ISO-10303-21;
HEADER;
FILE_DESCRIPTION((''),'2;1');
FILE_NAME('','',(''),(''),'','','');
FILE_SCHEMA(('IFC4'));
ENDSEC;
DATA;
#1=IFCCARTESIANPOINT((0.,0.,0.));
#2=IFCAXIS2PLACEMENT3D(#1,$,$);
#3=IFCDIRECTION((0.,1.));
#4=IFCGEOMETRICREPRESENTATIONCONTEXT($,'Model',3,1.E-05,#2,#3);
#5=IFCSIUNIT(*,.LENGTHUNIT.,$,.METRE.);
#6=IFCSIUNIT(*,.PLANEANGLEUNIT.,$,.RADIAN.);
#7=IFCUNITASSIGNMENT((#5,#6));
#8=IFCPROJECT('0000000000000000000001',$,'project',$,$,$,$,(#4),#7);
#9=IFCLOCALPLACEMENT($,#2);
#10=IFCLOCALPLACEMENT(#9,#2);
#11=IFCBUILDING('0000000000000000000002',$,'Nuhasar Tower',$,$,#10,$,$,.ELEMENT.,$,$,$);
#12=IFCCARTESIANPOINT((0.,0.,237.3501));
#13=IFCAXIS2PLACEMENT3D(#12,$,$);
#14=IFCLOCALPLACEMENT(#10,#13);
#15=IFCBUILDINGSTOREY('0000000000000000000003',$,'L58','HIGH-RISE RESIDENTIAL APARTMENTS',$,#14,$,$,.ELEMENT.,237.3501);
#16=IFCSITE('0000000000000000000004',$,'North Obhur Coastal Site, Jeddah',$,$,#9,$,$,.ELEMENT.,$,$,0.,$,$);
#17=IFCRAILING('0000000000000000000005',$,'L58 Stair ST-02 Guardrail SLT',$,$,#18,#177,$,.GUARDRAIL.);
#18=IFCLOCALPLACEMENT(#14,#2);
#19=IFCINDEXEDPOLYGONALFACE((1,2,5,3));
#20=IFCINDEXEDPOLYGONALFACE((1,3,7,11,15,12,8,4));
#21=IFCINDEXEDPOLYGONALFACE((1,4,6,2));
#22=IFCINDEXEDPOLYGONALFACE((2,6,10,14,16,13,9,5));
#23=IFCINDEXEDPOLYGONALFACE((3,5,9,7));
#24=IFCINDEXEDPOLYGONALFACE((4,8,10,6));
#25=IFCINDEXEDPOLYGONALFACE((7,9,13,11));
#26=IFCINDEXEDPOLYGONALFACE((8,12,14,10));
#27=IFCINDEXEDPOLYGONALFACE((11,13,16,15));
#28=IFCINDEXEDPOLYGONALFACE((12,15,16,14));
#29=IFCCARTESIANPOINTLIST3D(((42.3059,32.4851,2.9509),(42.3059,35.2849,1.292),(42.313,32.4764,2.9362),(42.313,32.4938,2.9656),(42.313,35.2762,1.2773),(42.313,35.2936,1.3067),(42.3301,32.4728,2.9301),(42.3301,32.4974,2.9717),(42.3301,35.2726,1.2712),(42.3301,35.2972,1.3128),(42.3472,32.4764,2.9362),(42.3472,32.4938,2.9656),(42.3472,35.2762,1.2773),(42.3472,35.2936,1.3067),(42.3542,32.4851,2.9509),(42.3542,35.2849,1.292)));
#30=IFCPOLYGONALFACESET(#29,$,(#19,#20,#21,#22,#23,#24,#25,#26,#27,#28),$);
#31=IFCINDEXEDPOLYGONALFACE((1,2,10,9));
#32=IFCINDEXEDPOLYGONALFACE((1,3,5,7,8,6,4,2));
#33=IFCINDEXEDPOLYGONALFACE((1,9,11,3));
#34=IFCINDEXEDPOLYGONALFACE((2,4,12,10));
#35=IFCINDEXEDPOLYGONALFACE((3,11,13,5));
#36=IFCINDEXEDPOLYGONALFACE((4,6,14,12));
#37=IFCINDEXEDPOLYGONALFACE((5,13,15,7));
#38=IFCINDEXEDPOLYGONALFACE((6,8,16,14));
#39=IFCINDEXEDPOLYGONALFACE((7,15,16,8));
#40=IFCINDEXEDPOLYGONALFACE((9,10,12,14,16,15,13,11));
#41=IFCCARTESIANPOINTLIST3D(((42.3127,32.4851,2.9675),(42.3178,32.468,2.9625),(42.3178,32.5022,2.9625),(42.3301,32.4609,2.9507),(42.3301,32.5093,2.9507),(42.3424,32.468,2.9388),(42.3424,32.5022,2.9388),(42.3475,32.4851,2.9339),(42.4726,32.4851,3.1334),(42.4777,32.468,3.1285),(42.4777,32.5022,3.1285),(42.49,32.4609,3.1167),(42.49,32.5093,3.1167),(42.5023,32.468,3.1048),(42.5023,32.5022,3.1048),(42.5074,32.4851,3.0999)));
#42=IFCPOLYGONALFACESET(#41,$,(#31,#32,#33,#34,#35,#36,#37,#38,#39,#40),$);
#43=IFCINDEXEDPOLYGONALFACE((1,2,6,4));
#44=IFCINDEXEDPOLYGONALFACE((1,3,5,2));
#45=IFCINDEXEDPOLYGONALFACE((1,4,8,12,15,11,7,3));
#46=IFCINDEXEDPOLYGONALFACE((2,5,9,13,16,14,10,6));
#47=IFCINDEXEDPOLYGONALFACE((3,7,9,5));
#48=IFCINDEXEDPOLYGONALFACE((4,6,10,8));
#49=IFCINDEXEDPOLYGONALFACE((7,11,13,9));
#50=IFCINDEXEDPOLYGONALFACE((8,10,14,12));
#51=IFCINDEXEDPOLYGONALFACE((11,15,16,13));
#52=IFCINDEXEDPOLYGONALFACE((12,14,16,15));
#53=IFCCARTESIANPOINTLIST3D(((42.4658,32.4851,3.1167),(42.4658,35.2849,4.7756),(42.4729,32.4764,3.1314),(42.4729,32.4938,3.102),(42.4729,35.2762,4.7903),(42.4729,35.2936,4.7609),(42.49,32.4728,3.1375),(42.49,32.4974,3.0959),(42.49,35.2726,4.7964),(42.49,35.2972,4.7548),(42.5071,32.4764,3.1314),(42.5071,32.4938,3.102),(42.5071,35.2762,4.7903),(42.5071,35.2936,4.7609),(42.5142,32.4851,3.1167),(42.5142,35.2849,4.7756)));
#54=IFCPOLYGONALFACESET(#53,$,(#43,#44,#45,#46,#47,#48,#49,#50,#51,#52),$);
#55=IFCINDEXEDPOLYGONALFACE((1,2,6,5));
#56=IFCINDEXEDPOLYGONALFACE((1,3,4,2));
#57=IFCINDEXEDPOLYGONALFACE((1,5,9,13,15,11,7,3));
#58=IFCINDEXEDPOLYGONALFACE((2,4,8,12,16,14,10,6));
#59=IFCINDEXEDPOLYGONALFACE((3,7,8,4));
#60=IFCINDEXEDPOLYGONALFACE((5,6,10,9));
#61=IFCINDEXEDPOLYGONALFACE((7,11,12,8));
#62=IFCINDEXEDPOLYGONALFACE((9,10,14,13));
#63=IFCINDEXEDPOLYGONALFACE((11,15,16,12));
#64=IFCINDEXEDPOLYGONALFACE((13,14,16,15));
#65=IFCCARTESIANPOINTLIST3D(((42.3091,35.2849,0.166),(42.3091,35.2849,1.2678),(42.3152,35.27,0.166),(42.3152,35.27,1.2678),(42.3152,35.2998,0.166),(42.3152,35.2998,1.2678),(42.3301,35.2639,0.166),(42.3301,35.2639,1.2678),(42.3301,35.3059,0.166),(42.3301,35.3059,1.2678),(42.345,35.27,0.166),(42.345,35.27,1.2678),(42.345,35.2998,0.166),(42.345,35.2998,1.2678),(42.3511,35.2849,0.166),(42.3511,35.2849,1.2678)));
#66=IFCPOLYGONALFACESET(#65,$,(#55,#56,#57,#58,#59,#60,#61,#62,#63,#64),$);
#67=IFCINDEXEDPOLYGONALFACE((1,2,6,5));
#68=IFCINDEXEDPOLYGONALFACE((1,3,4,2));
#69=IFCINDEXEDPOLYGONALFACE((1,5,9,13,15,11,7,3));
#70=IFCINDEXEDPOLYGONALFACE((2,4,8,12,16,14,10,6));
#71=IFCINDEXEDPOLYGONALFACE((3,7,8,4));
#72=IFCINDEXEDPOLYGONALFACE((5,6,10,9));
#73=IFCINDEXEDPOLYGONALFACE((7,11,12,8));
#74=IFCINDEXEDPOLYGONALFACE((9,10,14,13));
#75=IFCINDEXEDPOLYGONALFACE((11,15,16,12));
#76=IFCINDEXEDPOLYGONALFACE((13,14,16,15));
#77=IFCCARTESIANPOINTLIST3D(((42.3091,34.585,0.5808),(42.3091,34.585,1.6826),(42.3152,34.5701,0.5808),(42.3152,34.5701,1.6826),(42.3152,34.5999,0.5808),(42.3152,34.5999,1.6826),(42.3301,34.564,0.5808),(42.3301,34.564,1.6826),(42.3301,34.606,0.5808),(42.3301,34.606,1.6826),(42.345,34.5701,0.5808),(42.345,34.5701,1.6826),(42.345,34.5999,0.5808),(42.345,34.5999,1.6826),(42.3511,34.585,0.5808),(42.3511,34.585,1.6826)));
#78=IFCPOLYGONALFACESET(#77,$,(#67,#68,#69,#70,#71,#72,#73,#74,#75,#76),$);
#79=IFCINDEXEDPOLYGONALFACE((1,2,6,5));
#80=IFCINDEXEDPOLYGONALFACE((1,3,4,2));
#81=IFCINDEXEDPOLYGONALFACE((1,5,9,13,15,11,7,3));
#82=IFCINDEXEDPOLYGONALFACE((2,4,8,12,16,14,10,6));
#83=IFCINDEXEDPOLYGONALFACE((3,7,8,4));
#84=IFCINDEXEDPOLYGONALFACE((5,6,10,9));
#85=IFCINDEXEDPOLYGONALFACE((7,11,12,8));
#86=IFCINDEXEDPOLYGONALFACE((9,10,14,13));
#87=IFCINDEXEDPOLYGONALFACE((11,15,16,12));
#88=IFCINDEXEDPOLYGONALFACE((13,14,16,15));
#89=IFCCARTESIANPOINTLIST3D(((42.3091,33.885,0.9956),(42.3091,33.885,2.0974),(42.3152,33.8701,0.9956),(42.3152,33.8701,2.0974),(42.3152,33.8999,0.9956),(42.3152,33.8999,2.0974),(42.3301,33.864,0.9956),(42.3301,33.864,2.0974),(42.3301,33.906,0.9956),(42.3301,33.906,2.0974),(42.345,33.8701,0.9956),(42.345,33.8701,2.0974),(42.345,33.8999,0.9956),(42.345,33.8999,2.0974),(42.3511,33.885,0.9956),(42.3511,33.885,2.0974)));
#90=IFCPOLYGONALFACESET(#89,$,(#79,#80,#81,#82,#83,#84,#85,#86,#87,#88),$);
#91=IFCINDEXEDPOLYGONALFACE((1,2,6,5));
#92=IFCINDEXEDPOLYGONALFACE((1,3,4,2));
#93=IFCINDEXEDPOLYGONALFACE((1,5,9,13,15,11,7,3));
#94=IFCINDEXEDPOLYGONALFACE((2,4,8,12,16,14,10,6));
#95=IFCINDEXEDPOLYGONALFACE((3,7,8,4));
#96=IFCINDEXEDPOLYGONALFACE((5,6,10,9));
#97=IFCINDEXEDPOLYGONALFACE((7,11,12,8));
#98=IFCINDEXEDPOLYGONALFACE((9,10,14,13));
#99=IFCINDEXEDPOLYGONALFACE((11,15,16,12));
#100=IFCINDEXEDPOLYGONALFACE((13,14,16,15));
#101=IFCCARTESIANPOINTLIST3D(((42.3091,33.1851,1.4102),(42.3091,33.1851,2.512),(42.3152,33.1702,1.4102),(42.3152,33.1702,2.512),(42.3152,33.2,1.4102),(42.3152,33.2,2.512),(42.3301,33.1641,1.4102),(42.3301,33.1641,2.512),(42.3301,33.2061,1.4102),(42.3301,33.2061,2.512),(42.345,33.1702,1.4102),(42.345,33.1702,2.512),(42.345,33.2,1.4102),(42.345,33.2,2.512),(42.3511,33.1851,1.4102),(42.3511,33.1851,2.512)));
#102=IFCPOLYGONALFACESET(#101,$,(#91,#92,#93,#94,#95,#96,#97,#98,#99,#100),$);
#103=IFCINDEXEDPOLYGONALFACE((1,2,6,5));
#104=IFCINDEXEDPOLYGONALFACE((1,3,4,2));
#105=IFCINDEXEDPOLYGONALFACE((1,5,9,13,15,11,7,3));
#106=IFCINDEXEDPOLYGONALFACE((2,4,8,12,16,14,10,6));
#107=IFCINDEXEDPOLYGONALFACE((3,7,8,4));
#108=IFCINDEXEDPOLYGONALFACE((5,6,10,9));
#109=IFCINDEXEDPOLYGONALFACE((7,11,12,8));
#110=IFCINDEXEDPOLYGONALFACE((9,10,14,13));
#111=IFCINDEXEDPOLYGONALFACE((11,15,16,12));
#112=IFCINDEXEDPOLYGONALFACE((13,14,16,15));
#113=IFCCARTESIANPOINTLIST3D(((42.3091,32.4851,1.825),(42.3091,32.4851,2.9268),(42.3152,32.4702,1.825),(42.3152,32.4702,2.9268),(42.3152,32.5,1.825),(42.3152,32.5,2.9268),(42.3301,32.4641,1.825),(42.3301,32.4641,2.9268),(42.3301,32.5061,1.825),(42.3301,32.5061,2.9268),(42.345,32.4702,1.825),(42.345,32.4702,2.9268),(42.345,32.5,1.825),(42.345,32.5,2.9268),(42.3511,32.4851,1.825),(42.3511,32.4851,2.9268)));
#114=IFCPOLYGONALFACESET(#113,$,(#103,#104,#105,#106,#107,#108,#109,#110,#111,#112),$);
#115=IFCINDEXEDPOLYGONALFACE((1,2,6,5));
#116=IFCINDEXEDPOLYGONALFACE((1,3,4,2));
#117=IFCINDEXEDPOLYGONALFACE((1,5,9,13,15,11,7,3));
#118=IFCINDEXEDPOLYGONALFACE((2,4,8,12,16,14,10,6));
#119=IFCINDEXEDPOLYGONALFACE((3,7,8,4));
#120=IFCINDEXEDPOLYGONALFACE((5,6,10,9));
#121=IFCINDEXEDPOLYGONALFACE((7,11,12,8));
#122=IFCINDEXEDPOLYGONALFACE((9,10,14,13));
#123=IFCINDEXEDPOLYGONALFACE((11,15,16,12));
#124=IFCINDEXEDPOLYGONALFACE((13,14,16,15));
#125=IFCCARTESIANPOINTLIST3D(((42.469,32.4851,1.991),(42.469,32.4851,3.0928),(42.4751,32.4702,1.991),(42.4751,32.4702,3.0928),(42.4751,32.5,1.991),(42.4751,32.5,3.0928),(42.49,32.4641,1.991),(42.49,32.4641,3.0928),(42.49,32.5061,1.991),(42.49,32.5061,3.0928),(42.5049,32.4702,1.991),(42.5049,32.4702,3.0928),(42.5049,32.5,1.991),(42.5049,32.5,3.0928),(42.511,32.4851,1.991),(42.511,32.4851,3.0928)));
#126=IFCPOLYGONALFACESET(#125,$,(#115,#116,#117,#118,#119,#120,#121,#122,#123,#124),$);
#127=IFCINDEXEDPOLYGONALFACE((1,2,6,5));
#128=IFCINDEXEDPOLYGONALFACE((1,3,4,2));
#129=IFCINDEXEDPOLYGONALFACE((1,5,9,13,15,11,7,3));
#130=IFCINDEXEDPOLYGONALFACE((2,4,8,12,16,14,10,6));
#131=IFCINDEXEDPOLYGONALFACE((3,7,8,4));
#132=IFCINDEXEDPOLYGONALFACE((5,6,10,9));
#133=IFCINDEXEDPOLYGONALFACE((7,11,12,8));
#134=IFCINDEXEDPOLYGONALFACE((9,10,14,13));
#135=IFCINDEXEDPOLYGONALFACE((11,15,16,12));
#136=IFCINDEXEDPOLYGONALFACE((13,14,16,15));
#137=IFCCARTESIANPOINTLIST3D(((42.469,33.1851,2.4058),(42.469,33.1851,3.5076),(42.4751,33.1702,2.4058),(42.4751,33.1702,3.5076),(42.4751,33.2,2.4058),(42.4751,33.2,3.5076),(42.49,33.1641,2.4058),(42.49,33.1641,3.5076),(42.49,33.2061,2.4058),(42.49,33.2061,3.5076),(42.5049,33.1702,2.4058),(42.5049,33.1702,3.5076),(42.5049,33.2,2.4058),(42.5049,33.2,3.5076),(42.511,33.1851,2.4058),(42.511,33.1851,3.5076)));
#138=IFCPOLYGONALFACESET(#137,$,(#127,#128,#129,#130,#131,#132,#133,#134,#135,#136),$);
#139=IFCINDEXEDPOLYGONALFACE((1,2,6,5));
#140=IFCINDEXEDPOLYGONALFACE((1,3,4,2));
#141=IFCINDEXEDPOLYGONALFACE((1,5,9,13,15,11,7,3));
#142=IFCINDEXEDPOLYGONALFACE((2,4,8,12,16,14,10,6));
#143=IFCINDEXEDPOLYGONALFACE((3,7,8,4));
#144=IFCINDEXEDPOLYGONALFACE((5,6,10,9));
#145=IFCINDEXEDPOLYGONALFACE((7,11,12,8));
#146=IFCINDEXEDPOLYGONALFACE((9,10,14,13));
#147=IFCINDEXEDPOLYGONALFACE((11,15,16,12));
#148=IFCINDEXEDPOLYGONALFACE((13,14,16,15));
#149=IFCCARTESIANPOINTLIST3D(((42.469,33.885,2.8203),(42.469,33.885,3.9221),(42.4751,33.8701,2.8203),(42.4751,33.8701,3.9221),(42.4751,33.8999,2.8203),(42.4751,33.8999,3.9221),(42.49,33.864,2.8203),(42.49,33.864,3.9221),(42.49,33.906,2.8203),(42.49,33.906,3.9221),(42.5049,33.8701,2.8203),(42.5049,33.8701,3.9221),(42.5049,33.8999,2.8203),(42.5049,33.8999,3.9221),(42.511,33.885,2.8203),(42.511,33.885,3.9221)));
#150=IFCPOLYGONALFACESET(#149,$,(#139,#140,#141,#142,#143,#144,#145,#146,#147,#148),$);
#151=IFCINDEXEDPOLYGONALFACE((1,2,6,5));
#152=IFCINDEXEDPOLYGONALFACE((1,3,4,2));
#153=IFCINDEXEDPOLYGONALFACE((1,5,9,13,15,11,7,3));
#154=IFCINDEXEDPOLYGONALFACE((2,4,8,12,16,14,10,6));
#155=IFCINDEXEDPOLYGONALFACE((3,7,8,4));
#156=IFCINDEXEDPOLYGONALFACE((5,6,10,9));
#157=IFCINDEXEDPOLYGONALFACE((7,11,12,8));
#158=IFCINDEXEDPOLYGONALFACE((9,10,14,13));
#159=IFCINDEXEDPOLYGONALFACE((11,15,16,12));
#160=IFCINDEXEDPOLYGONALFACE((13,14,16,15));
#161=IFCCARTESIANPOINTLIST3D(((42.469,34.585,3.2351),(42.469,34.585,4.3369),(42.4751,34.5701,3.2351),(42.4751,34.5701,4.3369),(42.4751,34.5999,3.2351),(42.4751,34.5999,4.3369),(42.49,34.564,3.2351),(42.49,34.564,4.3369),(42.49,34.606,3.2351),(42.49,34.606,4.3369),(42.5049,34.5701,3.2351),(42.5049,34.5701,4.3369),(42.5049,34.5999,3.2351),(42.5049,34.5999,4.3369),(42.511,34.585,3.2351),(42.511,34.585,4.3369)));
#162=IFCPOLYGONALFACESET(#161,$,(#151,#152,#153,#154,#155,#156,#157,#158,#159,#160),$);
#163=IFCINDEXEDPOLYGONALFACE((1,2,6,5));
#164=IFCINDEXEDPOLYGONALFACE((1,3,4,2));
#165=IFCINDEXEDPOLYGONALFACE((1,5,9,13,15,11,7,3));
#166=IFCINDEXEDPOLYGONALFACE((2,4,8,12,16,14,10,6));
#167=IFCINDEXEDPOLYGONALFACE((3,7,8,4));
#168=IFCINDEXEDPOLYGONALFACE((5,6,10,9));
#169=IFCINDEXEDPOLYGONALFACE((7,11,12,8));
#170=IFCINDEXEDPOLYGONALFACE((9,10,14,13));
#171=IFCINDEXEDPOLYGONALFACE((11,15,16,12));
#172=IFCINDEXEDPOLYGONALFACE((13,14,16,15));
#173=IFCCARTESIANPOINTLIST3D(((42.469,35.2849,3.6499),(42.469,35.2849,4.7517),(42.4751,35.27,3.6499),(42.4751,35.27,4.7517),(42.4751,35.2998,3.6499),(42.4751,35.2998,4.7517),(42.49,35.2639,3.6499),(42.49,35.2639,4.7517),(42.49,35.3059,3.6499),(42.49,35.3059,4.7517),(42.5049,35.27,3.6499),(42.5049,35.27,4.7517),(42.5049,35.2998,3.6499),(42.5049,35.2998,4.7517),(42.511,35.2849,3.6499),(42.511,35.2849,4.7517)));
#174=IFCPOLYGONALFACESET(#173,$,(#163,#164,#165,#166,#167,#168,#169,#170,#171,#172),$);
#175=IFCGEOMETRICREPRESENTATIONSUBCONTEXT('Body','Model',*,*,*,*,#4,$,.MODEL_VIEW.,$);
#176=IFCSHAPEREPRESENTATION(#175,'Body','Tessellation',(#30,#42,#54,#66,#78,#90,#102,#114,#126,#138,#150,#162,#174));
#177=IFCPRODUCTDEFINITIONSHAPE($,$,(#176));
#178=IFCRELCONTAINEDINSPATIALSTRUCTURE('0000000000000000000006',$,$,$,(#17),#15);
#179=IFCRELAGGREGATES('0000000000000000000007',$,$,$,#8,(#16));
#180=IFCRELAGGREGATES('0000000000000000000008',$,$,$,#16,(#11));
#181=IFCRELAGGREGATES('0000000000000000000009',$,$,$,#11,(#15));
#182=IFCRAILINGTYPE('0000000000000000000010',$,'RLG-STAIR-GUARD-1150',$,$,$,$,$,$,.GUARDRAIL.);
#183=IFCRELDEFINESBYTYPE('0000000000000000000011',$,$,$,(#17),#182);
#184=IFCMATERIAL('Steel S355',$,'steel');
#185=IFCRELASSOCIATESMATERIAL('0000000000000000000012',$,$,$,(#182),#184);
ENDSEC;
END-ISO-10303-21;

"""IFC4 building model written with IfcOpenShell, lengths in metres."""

from ifc_helpers import new_model, si_unit, direction, frame, origin, place, context, subcontext, project, spatial, polyline, outline, extrude, material, type_object, element, save


model = new_model("IFC4")

# Units and contexts
model_context = context("Model", 3, precision=1e-05, world=origin(), true_north=direction((0.0, 1.0)))
body_context = subcontext(model_context, "Body", "Model", "MODEL_VIEW")
ifc_project = project(units=[si_unit("LENGTHUNIT", "METRE"), si_unit("PLANEANGLEUNIT", "RADIAN")], contexts=[model_context])

# Site, building, storey
site_placement = place(None, origin())
site = spatial("IfcSite", under=ifc_project, at=site_placement, Name="North Obhur Coastal Site, Jeddah", CompositionType="ELEMENT", RefElevation=0.0)
building_placement = place(site_placement, origin())
building = spatial("IfcBuilding", under=site, at=building_placement, Name="Nuhasar Tower", CompositionType="ELEMENT")
storey_placement = place(building_placement, frame((0.0, 0.0, 237.3501)))
storey = spatial("IfcBuildingStorey", under=building, at=storey_placement, Name="L58", Description="HIGH-RISE RESIDENTIAL APARTMENTS", CompositionType="ELEMENT", Elevation=237.3501)

# Shared definitions
ifc_material_1 = material(Name="Steel S355", Category="steel")

# Railing
railing_type_1 = type_object("IfcRailingType", Name="RLG-STAIR-GUARD-1150", PredefinedType="GUARDRAIL", material=ifc_material_1)
railing_1_placement = place(storey_placement, frame((42.3301, 35.2849, 0.166)))
element("IfcRailing", 1, at=railing_1_placement, inside=storey, type_object=railing_type_1, Name="L58 Stair ST-02 Guardrail SLT", PredefinedType="GUARDRAIL", context=body_context, shape_type="SweptSolid", body=[
    extrude(outline(polyline([(0.0242, 0.0), (0.0171, 0.0171), (0.0, 0.0242), (-0.0171, 0.0171), (-0.0242, 0.0), (-0.0171, -0.0171), (0.0, -0.0242), (0.0171, -0.0171), (0.0242, 0.0)])), frame((0.0, 0.0, 1.126), z_axis=(0.0, -0.86032, 0.509755), x_axis=(1.0, 0.0, 0.0)), (0.0, 0.0, 1.0), 3.2544),
    extrude(outline(polyline([(0.0242, 0.0), (0.0171, 0.0171), (0.0, 0.0242), (-0.0171, 0.0171), (-0.0242, 0.0), (-0.0171, -0.0171), (0.0, -0.0242), (0.0171, -0.0171), (0.0242, 0.0)])), frame((0.0, -2.7998, 2.7847), z_axis=(0.693743, 0.0, 0.720222), x_axis=(0.0, 1.0, 0.0)), (0.0, 0.0, 1.0), 0.2305),
    extrude(outline(polyline([(0.0242, 0.0), (0.0171, 0.0171), (0.0, 0.0242), (-0.0171, 0.0171), (-0.0242, 0.0), (-0.0171, -0.0171), (0.0, -0.0242), (0.0171, -0.0171), (0.0242, 0.0)])), frame((0.1599, -2.7998, 2.9507), z_axis=(0.0, 0.86032, 0.509755), x_axis=(-1.0, 0.0, 0.0)), (0.0, 0.0, 1.0), 3.2544),
    extrude(outline(polyline([(0.021, 0.0), (0.0149, 0.0149), (0.0, 0.021), (-0.0149, 0.0149), (-0.021, 0.0), (-0.0149, -0.0149), (0.0, -0.021), (0.0149, -0.0149), (0.021, 0.0)])), origin(), (0.0, 0.0, 1.0), 1.1018),
    extrude(outline(polyline([(0.021, 0.0), (0.0149, 0.0149), (0.0, 0.021), (-0.0149, 0.0149), (-0.021, 0.0), (-0.0149, -0.0149), (0.0, -0.021), (0.0149, -0.0149), (0.021, 0.0)])), frame((0.0, -0.7, 0.4148)), (0.0, 0.0, 1.0), 1.1018),
    extrude(outline(polyline([(0.021, 0.0), (0.0149, 0.0149), (0.0, 0.021), (-0.0149, 0.0149), (-0.021, 0.0), (-0.0149, -0.0149), (0.0, -0.021), (0.0149, -0.0149), (0.021, 0.0)])), frame((0.0, -1.3999, 0.8296)), (0.0, 0.0, 1.0), 1.1018),
    extrude(outline(polyline([(0.021, 0.0), (0.0149, 0.0149), (0.0, 0.021), (-0.0149, 0.0149), (-0.021, 0.0), (-0.0149, -0.0149), (0.0, -0.021), (0.0149, -0.0149), (0.021, 0.0)])), frame((0.0, -2.0999, 1.2441)), (0.0, 0.0, 1.0), 1.1018),
    extrude(outline(polyline([(0.021, 0.0), (0.0149, 0.0149), (0.0, 0.021), (-0.0149, 0.0149), (-0.021, 0.0), (-0.0149, -0.0149), (0.0, -0.021), (0.0149, -0.0149), (0.021, 0.0)])), frame((0.0, -2.7998, 1.6589)), (0.0, 0.0, 1.0), 1.1018),
    extrude(outline(polyline([(0.021, 0.0), (0.0149, 0.0149), (0.0, 0.021), (-0.0149, 0.0149), (-0.021, 0.0), (-0.0149, -0.0149), (0.0, -0.021), (0.0149, -0.0149), (0.021, 0.0)])), frame((0.1599, -2.7998, 1.825)), (0.0, 0.0, 1.0), 1.1018),
    extrude(outline(polyline([(0.021, 0.0), (0.0149, 0.0149), (0.0, 0.021), (-0.0149, 0.0149), (-0.021, 0.0), (-0.0149, -0.0149), (0.0, -0.021), (0.0149, -0.0149), (0.021, 0.0)])), frame((0.1599, -2.0999, 2.2397)), (0.0, 0.0, 1.0), 1.1018),
    extrude(outline(polyline([(0.021, 0.0), (0.0149, 0.0149), (0.0, 0.021), (-0.0149, 0.0149), (-0.021, 0.0), (-0.0149, -0.0149), (0.0, -0.021), (0.0149, -0.0149), (0.021, 0.0)])), frame((0.1599, -1.3999, 2.6543)), (0.0, 0.0, 1.0), 1.1018),
    extrude(outline(polyline([(0.021, 0.0), (0.0149, 0.0149), (0.0, 0.021), (-0.0149, 0.0149), (-0.021, 0.0), (-0.0149, -0.0149), (0.0, -0.021), (0.0149, -0.0149), (0.021, 0.0)])), frame((0.1599, -0.7, 3.0691)), (0.0, 0.0, 1.0), 1.1018),
    extrude(outline(polyline([(0.021, 0.0), (0.0149, 0.0149), (0.0, 0.021), (-0.0149, 0.0149), (-0.021, 0.0), (-0.0149, -0.0149), (0.0, -0.021), (0.0149, -0.0149), (0.021, 0.0)])), frame((0.1599, 0.0, 3.4839)), (0.0, 0.0, 1.0), 1.1018),
])

save(model, "model.ifc")
